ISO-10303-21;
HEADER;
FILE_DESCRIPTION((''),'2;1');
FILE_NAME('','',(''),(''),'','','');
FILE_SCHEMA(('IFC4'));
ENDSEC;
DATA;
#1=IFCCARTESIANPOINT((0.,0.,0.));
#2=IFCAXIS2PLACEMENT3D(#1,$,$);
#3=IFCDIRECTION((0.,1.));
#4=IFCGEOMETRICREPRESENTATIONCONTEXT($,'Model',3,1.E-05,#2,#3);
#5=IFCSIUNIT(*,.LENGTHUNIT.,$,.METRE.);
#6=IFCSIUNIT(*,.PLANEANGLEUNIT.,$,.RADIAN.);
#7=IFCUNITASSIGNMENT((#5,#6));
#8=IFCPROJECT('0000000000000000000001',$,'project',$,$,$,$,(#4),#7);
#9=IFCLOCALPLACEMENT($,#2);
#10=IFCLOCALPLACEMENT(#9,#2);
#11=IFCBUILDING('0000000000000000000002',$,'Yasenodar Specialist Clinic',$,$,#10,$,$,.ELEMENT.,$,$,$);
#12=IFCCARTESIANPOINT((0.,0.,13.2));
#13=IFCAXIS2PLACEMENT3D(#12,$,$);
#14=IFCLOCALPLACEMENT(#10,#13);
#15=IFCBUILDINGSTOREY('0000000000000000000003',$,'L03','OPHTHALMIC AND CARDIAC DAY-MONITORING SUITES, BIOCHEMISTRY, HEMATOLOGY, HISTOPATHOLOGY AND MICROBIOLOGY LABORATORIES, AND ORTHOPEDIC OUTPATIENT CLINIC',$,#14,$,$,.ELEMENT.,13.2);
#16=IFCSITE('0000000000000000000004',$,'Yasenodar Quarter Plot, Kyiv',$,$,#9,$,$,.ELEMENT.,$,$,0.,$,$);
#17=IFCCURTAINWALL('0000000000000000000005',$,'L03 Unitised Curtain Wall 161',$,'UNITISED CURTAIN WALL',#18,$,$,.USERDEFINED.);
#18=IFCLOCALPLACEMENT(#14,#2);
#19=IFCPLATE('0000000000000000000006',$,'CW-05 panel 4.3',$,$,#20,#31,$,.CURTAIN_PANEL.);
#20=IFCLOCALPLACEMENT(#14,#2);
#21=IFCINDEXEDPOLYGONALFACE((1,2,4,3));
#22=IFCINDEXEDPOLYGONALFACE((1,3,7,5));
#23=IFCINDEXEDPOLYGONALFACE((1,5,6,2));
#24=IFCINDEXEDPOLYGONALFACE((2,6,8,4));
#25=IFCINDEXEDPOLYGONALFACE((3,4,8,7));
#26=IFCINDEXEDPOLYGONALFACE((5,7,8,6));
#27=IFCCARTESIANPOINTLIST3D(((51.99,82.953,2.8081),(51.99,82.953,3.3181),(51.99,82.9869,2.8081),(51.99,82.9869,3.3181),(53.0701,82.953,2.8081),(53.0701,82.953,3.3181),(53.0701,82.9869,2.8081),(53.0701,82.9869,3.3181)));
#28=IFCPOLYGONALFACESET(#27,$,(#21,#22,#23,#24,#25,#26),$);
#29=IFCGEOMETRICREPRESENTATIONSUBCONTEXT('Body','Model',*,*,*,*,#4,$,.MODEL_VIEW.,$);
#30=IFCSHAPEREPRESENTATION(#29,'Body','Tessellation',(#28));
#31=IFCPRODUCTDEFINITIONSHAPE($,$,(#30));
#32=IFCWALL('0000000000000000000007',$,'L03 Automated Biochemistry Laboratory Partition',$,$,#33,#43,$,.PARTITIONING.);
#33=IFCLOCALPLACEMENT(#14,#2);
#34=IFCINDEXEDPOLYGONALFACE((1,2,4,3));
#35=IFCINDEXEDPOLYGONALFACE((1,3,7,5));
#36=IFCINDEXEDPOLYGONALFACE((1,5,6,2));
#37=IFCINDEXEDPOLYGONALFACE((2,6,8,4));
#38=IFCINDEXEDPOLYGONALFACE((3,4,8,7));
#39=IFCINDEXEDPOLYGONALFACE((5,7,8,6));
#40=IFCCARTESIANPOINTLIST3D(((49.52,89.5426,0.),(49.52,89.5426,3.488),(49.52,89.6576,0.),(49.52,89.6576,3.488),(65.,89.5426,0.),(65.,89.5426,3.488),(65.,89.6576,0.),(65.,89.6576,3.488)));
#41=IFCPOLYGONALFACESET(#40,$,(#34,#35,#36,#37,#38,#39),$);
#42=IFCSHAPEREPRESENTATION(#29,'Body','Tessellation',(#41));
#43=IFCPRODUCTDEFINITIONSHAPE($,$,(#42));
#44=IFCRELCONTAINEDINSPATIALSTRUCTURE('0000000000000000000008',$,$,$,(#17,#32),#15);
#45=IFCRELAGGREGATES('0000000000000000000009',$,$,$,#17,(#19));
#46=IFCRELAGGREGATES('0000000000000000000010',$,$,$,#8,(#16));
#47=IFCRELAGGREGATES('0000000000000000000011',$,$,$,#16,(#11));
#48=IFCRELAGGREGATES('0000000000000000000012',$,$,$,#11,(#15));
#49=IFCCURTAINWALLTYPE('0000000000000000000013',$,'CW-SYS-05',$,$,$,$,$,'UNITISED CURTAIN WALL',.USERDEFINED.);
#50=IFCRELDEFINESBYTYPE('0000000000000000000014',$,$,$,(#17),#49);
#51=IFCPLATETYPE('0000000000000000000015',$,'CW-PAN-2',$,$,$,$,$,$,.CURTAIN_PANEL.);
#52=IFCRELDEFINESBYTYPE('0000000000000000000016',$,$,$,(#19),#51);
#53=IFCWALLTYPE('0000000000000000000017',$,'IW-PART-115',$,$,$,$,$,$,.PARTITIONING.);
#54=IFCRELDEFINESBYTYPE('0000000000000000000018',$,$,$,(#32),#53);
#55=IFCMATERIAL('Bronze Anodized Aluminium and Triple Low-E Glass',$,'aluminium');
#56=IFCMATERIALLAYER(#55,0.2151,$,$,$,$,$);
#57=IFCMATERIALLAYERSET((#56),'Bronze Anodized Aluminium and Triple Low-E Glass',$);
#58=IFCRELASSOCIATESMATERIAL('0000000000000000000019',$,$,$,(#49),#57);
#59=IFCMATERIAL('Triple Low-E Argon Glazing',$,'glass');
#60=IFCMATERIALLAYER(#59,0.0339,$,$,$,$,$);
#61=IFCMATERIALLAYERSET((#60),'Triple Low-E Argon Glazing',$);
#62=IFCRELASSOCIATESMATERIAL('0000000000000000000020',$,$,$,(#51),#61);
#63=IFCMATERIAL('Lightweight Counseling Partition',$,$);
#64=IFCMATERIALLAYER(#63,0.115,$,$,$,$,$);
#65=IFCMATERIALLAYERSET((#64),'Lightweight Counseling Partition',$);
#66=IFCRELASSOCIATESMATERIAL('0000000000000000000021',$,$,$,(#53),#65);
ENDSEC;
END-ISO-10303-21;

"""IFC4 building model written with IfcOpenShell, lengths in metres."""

from ifc_helpers import new_model, si_unit, direction, frame, frame_2d, origin, origin_2d, place, context, subcontext, project, spatial, rectangle, extrude, material, layer, layer_set, type_object, element, aggregate, save


model = new_model("IFC4")

# Units and contexts
model_context = context("Model", 3, precision=1e-05, world=origin(), true_north=direction((0.0, 1.0)))
body_context = subcontext(model_context, "Body", "Model", "MODEL_VIEW")
ifc_project = project(units=[si_unit("LENGTHUNIT", "METRE"), si_unit("PLANEANGLEUNIT", "RADIAN")], contexts=[model_context])

# Site, building, storey
site_placement = place(None, origin())
site = spatial("IfcSite", under=ifc_project, at=site_placement, Name="Yasenodar Quarter Plot, Kyiv", CompositionType="ELEMENT", RefElevation=0.0)
building_placement = place(site_placement, origin())
building = spatial("IfcBuilding", under=site, at=building_placement, Name="Yasenodar Specialist Clinic", CompositionType="ELEMENT")
storey_placement = place(building_placement, frame((0.0, 0.0, 13.2)))
storey = spatial("IfcBuildingStorey", under=building, at=storey_placement, Name="L03", Description="OPHTHALMIC AND CARDIAC DAY-MONITORING SUITES, BIOCHEMISTRY, HEMATOLOGY, HISTOPATHOLOGY AND MICROBIOLOGY LABORATORIES, AND ORTHOPEDIC OUTPATIENT CLINIC", CompositionType="ELEMENT", Elevation=13.2)

# Curtain wall
ifc_material_1 = material(Name="Bronze Anodized Aluminium and Triple Low-E Glass", Category="aluminium")
ifc_layer_1 = layer(ifc_material_1, 0.2151)
ifc_layer_set_1 = layer_set([ifc_layer_1], Name="Bronze Anodized Aluminium and Triple Low-E Glass")
curtain_wall_type = type_object("IfcCurtainWallType", Name="CW-SYS-05", ElementType="UNITISED CURTAIN WALL", PredefinedType="USERDEFINED", material=ifc_layer_set_1)
curtain_wall_placement = place(storey_placement, origin())
curtain_wall = element("IfcCurtainWall", 1, at=curtain_wall_placement, inside=storey, type_object=curtain_wall_type, Name="L03 Unitised Curtain Wall 161", ObjectType="UNITISED CURTAIN WALL", PredefinedType="USERDEFINED")

# Plate
ifc_material_2 = material(Name="Triple Low-E Argon Glazing", Category="glass")
ifc_layer_2 = layer(ifc_material_2, 0.0339)
ifc_layer_set_2 = layer_set([ifc_layer_2], Name="Triple Low-E Argon Glazing")
plate_type = type_object("IfcPlateType", Name="CW-PAN-2", PredefinedType="CURTAIN_PANEL", material=ifc_layer_set_2)
plate_1_placement = place(storey_placement, frame((52.53, 82.97, 2.8081), z_axis=(0.0, 0.0, 1.0), x_axis=(-1.0, 0.0, 0.0)))
plate_1 = element("IfcPlate", 2, at=plate_1_placement, type_object=plate_type, Name="CW-05 panel 4.3", PredefinedType="CURTAIN_PANEL", context=body_context, shape_type="SweptSolid", body=[
    extrude(rectangle(XDim=1.0801, YDim=0.0339, at=origin_2d()), origin(), (0.0, 0.0, 1.0), 0.51),
])
aggregate(curtain_wall, [plate_1])

# Wall
ifc_material_3 = material(Name="Lightweight Counseling Partition")
ifc_layer_3 = layer(ifc_material_3, 0.115)
ifc_layer_set_3 = layer_set([ifc_layer_3], Name="Lightweight Counseling Partition")
wall_type = type_object("IfcWallType", Name="IW-PART-115", PredefinedType="PARTITIONING", material=ifc_layer_set_3)
wall_placement = place(storey_placement, frame((49.52, 89.6001, 0.0), z_axis=(0.0, 0.0, 1.0), x_axis=(1.0, 0.0, 0.0)))
element("IfcWall", 3, at=wall_placement, inside=storey, type_object=wall_type, Name="L03 Automated Biochemistry Laboratory Partition", PredefinedType="PARTITIONING", context=body_context, shape_type="SweptSolid", body=[
    extrude(rectangle(XDim=15.48, YDim=0.115, at=frame_2d((7.74, 0.0))), origin(), (0.0, 0.0, 1.0), 3.488),
])

save(model, "model.ifc")
